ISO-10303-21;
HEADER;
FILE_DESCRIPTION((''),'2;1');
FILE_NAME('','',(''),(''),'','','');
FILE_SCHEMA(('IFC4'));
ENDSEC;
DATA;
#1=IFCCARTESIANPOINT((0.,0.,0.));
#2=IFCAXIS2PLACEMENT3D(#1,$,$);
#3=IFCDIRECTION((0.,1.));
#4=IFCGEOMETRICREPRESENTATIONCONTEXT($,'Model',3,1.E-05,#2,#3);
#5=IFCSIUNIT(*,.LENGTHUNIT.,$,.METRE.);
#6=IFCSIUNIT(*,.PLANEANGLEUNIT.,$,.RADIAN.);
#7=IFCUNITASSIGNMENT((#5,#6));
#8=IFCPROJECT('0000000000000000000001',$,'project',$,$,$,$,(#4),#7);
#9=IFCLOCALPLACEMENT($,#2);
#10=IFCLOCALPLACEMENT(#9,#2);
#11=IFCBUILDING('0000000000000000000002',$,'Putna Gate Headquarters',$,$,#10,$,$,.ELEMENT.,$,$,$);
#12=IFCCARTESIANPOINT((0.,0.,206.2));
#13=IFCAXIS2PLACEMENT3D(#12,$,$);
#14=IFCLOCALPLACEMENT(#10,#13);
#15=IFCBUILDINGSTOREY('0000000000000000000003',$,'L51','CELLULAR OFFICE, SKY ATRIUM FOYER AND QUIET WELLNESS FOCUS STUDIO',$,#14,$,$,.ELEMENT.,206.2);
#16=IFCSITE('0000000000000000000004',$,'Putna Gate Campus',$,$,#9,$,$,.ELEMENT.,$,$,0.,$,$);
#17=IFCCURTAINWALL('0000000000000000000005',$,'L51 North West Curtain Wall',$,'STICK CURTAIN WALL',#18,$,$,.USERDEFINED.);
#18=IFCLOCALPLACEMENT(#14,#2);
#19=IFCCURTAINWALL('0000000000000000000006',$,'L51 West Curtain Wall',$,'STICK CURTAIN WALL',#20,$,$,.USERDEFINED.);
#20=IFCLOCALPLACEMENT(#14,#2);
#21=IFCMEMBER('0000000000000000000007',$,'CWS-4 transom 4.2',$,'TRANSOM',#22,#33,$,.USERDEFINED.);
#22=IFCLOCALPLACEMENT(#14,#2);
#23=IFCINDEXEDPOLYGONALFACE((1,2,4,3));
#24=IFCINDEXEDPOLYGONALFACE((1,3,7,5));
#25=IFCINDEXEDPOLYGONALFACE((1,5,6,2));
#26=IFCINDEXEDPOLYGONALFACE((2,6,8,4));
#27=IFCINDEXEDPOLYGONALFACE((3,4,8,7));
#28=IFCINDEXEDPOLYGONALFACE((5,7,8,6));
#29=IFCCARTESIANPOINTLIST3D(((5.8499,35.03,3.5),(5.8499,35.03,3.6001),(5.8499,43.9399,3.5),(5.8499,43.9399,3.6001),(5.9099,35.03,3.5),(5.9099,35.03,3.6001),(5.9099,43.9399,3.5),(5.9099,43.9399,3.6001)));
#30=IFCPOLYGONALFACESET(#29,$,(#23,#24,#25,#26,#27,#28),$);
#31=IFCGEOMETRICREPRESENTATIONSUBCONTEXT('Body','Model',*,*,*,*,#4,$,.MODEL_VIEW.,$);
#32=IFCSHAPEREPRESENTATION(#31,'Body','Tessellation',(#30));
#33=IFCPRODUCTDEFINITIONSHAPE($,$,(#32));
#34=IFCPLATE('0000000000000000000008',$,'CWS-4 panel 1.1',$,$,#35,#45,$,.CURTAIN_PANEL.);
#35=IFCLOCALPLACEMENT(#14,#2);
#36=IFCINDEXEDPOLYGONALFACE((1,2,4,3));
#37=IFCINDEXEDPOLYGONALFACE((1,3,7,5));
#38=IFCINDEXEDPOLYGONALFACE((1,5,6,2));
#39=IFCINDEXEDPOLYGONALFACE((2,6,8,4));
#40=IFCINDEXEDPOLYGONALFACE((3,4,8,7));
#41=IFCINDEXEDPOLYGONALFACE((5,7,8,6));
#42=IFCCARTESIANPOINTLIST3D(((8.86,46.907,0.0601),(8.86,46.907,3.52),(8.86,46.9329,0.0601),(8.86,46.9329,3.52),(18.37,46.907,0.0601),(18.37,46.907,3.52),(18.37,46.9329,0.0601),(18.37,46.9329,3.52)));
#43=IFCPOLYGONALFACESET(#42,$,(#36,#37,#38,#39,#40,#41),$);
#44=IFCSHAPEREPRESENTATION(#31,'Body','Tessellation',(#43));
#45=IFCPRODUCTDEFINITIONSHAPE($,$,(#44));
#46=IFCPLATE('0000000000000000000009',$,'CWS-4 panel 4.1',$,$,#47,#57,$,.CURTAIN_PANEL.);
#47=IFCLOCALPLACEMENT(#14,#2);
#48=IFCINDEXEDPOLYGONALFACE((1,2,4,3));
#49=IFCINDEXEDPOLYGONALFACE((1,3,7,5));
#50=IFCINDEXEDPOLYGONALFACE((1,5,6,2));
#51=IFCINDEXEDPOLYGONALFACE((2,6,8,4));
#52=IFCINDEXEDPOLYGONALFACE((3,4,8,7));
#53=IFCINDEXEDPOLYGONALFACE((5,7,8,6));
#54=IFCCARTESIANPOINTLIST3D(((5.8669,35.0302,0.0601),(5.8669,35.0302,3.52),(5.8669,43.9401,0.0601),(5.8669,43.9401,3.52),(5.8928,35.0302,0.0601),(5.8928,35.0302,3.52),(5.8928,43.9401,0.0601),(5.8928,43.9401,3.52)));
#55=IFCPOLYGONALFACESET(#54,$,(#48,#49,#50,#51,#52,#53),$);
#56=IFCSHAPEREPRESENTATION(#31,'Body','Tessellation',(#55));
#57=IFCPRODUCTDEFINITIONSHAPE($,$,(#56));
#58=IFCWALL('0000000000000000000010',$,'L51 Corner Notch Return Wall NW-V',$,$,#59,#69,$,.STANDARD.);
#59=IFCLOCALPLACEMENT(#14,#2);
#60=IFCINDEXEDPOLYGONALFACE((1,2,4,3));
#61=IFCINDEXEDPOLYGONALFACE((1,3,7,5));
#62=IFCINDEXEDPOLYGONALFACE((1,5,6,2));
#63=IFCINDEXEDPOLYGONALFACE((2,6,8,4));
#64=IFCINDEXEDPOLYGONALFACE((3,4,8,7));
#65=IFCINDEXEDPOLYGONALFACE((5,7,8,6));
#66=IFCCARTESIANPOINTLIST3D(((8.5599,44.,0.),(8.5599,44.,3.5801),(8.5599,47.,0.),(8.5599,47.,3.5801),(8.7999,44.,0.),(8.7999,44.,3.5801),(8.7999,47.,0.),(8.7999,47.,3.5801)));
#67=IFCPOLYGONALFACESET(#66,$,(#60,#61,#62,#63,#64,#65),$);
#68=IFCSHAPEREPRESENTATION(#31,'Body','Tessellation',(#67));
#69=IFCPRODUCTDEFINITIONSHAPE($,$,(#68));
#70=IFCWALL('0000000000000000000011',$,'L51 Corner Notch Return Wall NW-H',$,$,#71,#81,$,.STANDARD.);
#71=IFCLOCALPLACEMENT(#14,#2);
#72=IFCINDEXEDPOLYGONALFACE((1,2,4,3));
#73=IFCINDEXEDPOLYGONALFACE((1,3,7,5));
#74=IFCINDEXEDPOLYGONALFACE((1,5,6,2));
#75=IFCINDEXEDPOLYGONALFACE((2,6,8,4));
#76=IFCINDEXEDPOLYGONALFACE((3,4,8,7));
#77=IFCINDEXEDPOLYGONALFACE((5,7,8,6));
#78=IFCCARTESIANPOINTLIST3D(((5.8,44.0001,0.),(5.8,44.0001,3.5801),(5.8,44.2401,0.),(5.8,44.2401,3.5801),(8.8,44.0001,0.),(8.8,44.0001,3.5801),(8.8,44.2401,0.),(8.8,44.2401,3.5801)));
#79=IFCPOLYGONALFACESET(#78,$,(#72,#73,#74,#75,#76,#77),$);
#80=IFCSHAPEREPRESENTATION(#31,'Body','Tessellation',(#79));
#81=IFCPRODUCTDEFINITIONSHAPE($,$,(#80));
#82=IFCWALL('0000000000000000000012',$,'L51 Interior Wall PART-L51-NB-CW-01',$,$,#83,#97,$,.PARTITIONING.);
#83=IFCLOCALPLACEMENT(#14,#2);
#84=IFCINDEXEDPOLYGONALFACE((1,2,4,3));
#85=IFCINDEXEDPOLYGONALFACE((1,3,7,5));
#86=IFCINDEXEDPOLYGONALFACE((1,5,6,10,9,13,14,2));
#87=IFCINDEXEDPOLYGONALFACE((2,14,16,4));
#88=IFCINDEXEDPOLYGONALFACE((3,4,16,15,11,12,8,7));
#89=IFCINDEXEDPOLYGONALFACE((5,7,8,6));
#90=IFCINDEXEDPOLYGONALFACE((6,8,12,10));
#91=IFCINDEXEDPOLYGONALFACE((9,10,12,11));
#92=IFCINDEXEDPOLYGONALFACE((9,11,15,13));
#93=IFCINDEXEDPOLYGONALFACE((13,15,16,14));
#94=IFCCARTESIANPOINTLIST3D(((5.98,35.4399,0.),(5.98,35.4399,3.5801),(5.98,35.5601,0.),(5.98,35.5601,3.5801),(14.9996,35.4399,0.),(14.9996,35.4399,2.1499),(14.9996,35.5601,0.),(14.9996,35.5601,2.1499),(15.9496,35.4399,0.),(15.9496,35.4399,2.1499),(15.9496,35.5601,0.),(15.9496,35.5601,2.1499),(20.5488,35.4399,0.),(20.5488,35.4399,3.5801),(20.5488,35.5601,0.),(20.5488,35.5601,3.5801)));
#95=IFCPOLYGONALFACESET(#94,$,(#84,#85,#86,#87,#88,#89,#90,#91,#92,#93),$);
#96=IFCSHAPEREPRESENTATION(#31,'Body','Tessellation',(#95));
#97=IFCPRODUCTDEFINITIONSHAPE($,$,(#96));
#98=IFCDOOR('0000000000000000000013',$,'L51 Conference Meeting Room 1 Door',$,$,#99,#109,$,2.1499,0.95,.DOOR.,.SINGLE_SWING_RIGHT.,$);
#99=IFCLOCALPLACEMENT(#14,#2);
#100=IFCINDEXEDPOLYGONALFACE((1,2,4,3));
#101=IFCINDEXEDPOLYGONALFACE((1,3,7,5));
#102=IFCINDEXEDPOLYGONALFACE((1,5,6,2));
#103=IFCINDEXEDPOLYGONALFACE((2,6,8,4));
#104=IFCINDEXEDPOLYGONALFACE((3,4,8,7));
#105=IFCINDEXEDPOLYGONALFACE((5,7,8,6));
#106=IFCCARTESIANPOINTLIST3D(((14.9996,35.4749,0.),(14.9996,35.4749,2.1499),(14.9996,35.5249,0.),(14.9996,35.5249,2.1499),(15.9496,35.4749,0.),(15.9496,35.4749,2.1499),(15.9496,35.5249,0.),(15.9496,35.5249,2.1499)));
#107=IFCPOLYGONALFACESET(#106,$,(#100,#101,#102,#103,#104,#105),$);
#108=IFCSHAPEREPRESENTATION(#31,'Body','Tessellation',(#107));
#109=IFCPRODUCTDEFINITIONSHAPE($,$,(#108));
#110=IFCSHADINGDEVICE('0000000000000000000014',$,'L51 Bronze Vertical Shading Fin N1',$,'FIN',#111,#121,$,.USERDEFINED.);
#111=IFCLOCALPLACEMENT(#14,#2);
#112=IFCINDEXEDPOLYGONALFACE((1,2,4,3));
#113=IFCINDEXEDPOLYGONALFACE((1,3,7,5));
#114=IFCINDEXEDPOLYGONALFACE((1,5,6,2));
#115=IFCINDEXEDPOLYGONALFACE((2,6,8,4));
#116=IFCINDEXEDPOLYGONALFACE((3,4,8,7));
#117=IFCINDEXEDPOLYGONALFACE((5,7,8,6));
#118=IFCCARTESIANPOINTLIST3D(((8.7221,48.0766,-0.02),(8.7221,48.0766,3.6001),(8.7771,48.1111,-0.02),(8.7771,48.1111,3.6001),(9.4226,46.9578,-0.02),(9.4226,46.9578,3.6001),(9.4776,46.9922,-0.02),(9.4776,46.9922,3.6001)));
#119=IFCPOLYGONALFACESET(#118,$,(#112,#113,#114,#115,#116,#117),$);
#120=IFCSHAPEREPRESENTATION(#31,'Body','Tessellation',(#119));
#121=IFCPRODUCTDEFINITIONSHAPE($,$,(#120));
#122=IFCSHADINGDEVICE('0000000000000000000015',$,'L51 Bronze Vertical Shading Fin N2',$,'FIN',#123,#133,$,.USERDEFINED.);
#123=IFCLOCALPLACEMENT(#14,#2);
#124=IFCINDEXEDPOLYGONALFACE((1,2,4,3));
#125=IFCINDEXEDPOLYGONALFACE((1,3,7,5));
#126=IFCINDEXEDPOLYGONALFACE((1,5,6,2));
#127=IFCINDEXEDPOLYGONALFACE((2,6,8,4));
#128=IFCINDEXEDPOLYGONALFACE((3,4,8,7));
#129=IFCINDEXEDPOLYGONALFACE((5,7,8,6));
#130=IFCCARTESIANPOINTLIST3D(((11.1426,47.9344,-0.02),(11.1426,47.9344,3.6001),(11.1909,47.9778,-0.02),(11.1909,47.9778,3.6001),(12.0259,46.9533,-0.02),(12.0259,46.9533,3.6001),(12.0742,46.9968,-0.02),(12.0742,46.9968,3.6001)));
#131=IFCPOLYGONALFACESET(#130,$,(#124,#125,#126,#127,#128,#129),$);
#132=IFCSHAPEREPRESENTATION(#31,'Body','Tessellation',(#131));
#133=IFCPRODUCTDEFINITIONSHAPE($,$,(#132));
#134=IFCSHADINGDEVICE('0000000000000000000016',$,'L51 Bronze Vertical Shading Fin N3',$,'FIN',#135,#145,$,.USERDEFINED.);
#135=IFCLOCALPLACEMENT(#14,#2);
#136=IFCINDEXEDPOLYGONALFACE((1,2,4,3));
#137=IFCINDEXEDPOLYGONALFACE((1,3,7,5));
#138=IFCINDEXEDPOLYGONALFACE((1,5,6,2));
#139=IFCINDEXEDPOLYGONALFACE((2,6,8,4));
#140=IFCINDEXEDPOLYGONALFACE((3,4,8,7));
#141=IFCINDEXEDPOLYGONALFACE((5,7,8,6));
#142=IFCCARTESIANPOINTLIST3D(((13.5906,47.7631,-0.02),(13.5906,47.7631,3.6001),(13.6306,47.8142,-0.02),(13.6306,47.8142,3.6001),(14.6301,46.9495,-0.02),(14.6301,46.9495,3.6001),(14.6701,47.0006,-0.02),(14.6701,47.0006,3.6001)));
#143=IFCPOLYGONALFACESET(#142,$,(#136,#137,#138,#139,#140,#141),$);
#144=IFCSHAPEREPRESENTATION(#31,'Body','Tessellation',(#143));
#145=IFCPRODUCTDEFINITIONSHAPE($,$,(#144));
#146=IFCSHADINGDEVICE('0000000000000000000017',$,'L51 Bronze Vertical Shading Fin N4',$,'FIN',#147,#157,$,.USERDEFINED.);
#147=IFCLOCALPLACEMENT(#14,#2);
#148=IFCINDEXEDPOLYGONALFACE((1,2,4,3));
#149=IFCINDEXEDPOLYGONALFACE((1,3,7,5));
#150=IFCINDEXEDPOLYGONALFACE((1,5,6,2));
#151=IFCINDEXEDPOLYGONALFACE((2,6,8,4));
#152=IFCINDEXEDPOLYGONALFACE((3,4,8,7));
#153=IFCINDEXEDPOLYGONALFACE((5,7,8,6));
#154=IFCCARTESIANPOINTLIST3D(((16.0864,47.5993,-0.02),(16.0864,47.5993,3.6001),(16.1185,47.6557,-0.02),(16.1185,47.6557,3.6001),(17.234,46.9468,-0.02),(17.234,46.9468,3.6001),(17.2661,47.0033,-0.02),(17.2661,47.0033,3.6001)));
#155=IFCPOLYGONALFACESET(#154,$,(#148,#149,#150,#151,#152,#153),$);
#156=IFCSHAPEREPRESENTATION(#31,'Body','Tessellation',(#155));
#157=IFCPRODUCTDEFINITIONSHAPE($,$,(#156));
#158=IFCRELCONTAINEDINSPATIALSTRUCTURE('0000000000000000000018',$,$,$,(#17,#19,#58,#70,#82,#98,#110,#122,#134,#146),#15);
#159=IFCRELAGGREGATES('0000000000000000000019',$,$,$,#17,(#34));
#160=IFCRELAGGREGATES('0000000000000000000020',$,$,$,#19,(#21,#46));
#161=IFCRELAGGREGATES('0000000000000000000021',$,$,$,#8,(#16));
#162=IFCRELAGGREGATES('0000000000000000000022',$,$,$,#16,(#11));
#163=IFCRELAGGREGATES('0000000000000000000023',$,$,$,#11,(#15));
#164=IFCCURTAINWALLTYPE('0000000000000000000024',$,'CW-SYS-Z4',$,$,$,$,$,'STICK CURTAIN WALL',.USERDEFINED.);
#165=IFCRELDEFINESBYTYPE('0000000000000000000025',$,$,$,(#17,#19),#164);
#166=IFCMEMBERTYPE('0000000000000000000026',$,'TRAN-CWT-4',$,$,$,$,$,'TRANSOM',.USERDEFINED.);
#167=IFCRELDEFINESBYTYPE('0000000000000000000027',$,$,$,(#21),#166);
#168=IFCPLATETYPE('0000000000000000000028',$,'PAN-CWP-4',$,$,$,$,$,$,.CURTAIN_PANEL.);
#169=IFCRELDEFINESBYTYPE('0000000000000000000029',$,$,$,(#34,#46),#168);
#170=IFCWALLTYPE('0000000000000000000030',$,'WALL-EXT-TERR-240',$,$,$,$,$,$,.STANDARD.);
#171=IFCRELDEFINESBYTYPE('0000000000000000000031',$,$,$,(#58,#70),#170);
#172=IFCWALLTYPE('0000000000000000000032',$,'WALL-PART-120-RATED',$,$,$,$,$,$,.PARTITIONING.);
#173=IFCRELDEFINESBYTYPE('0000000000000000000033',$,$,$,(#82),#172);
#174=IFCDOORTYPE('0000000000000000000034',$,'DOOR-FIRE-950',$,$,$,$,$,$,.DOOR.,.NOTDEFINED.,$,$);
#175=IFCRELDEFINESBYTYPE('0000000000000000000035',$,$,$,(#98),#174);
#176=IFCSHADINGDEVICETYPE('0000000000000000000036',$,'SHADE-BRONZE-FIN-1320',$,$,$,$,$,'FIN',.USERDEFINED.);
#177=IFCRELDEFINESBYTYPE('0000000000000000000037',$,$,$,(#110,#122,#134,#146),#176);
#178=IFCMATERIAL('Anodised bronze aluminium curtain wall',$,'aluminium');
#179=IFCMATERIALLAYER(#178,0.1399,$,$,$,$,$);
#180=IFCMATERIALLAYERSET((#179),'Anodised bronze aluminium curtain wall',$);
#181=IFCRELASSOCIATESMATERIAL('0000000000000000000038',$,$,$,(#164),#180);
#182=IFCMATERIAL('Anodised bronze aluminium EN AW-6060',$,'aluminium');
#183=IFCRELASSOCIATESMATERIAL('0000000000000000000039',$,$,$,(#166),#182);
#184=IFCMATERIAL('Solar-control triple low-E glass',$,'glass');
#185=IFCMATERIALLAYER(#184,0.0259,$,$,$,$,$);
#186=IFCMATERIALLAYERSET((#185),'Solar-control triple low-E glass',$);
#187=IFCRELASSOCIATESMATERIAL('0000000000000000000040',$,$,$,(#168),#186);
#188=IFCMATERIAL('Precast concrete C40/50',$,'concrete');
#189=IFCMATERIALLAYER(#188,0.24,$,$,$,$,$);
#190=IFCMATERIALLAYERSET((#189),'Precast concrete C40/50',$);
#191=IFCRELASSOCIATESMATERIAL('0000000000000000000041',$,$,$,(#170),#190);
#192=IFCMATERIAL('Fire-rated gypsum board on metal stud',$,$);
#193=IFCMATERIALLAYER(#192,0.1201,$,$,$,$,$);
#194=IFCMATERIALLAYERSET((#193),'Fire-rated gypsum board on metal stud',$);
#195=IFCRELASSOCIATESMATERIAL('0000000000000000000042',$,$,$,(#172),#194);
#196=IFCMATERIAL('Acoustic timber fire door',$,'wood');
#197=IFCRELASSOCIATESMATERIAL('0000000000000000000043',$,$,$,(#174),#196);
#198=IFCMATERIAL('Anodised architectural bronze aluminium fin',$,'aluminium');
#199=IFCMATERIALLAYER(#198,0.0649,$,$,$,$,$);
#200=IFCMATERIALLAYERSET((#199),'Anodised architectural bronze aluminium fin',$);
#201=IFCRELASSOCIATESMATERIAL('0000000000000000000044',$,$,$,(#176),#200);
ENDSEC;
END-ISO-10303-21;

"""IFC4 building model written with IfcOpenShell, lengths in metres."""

from ifc_helpers import new_model, si_unit, direction, frame, frame_2d, origin, origin_2d, place, context, subcontext, project, spatial, rectangle, extrude, material, layer, layer_set, material_profile, profile_set, type_object, element, fill, aggregate, save


model = new_model("IFC4")

# Units and contexts
model_context = context("Model", 3, precision=1e-05, world=origin(), true_north=direction((0.0, 1.0)))
body_context = subcontext(model_context, "Body", "Model", "MODEL_VIEW")
ifc_project = project(units=[si_unit("LENGTHUNIT", "METRE"), si_unit("PLANEANGLEUNIT", "RADIAN")], contexts=[model_context])

# Site, building, storey
site_placement = place(None, origin())
site = spatial("IfcSite", under=ifc_project, at=site_placement, Name="Putna Gate Campus", CompositionType="ELEMENT", RefElevation=0.0)
building_placement = place(site_placement, origin())
building = spatial("IfcBuilding", under=site, at=building_placement, Name="Putna Gate Headquarters", CompositionType="ELEMENT")
storey_placement = place(building_placement, frame((0.0, 0.0, 206.2)))
storey = spatial("IfcBuildingStorey", under=building, at=storey_placement, Name="L51", Description="CELLULAR OFFICE, SKY ATRIUM FOYER AND QUIET WELLNESS FOCUS STUDIO", CompositionType="ELEMENT", Elevation=206.2)

# Curtain wall
ifc_material_1 = material(Name="Anodised bronze aluminium curtain wall", Category="aluminium")
ifc_layer_1 = layer(ifc_material_1, 0.1399)
ifc_layer_set_1 = layer_set([ifc_layer_1], Name="Anodised bronze aluminium curtain wall")
curtain_wall_type = type_object("IfcCurtainWallType", Name="CW-SYS-Z4", ElementType="STICK CURTAIN WALL", PredefinedType="USERDEFINED", material=ifc_layer_set_1)
curtain_wall_1_placement = place(storey_placement, origin())
curtain_wall_1 = element("IfcCurtainWall", 1, at=curtain_wall_1_placement, inside=storey, type_object=curtain_wall_type, Name="L51 North West Curtain Wall", ObjectType="STICK CURTAIN WALL", PredefinedType="USERDEFINED")
ifc_material_2 = material(Name="Anodised bronze aluminium EN AW-6060", Category="aluminium")

# Curtain wall
curtain_wall_2_placement = place(storey_placement, origin())
curtain_wall_2 = element("IfcCurtainWall", 2, at=curtain_wall_2_placement, inside=storey, type_object=curtain_wall_type, Name="L51 West Curtain Wall", ObjectType="STICK CURTAIN WALL", PredefinedType="USERDEFINED")

# Member
ifc_material_profile_1 = material_profile(ifc_material_2, rectangle(XDim=0.0601, YDim=0.1001, at=origin_2d()), Name="Anodised bronze aluminium EN AW-6060")
ifc_profile_set_1 = profile_set([ifc_material_profile_1], Name="Anodised bronze aluminium EN AW-6060")
member_type_1 = type_object("IfcMemberType", Name="TRAN-CWT-4", ElementType="TRANSOM", PredefinedType="USERDEFINED", material=ifc_profile_set_1)
member_1_placement = place(storey_placement, frame((5.8799, 35.03, 3.55), z_axis=(0.0, 1.0, 0.0), x_axis=(-1.0, 0.0, 0.0)))
member_1 = element("IfcMember", 3, at=member_1_placement, type_object=member_type_1, Name="CWS-4 transom 4.2", ObjectType="TRANSOM", PredefinedType="USERDEFINED", context=body_context, shape_type="SweptSolid", body=[
    extrude(rectangle(XDim=0.0601, YDim=0.1001, at=origin_2d()), origin(), (0.0, 0.0, 1.0), 8.9099),
])

# Plates
ifc_material_3 = material(Name="Solar-control triple low-E glass", Category="glass")
ifc_layer_2 = layer(ifc_material_3, 0.0259)
ifc_layer_set_2 = layer_set([ifc_layer_2], Name="Solar-control triple low-E glass")
plate_type = type_object("IfcPlateType", Name="PAN-CWP-4", PredefinedType="CURTAIN_PANEL", material=ifc_layer_set_2)
plate_1_placement = place(storey_placement, frame((13.615, 46.9199, 0.0601), z_axis=(0.0, 0.0, 1.0), x_axis=(1.0, 0.0, 0.0)))
plate_1 = element("IfcPlate", 4, at=plate_1_placement, type_object=plate_type, Name="CWS-4 panel 1.1", PredefinedType="CURTAIN_PANEL", context=body_context, shape_type="SweptSolid", body=[
    extrude(rectangle(XDim=9.51, YDim=0.0259, at=origin_2d()), origin(), (0.0, 0.0, 1.0), 3.46),
])
aggregate(curtain_wall_1, [plate_1])
plate_2_placement = place(storey_placement, frame((5.8799, 39.4851, 0.0601), z_axis=(0.0, 0.0, 1.0), x_axis=(0.0, 1.0, 0.0)))
plate_2 = element("IfcPlate", 5, at=plate_2_placement, type_object=plate_type, Name="CWS-4 panel 4.1", PredefinedType="CURTAIN_PANEL", context=body_context, shape_type="SweptSolid", body=[
    extrude(rectangle(XDim=8.9099, YDim=0.0259, at=origin_2d()), origin(), (0.0, 0.0, 1.0), 3.46),
])
aggregate(curtain_wall_2, [member_1, plate_2])

# Walls
ifc_material_4 = material(Name="Precast concrete C40/50", Category="concrete")
ifc_layer_3 = layer(ifc_material_4, 0.24)
ifc_layer_set_3 = layer_set([ifc_layer_3], Name="Precast concrete C40/50")
wall_type_1 = type_object("IfcWallType", Name="WALL-EXT-TERR-240", PredefinedType="STANDARD", material=ifc_layer_set_3)
for number, where, z_axis, x_axis, name in (
    (6, (8.6799, 44.0, 0.0), (0.0, 0.0, 1.0), (0.0, 1.0, 0.0), "L51 Corner Notch Return Wall NW-V"),
    (7, (5.8, 44.1201, 0.0), (0.0, 0.0, 1.0), (1.0, 0.0, 0.0), "L51 Corner Notch Return Wall NW-H"),
):
    element("IfcWall", number, at=place(storey_placement, frame(where, z_axis=z_axis, x_axis=x_axis)), inside=storey, type_object=wall_type_1, Name=name, PredefinedType="STANDARD", context=body_context, shape_type="SweptSolid", body=[
        extrude(rectangle(XDim=3.0, YDim=0.24, at=frame_2d((1.5, 0.0))), origin(), (0.0, 0.0, 1.0), 3.5801),
    ])

# Wall, opening, door
ifc_material_5 = material(Name="Fire-rated gypsum board on metal stud")
ifc_layer_4 = layer(ifc_material_5, 0.1201)
ifc_layer_set_4 = layer_set([ifc_layer_4], Name="Fire-rated gypsum board on metal stud")
wall_type_2 = type_object("IfcWallType", Name="WALL-PART-120-RATED", PredefinedType="PARTITIONING", material=ifc_layer_set_4)
wall_placement = place(storey_placement, frame((5.98, 35.5, 0.0), z_axis=(0.0, 0.0, 1.0), x_axis=(1.0, 0.0, 0.0)))
wall = element("IfcWall", 8, at=wall_placement, inside=storey, type_object=wall_type_2, Name="L51 Interior Wall PART-L51-NB-CW-01", PredefinedType="PARTITIONING", context=body_context, shape_type="SweptSolid", body=[
    extrude(rectangle(XDim=14.5688, YDim=0.1201, at=frame_2d((7.2844, 0.0))), origin(), (0.0, 0.0, 1.0), 3.5801),
])
opening_placement = place(wall_placement, frame((9.0195, 0.0, 0.0)))
opening = element("IfcOpeningElement", 9, at=opening_placement, cuts=wall, PredefinedType="OPENING", context=body_context, shape_type="SweptSolid", body=[
    extrude(rectangle(XDim=0.95, YDim=2.1499, at=frame_2d((0.4751, 1.075))), frame((0.0, 0.0701, 0.0), z_axis=(0.0, -1.0, 0.0), x_axis=(1.0, 0.0, 0.0)), (0.0, 0.0, 1.0), 0.1401),
])
ifc_material_6 = material(Name="Acoustic timber fire door", Category="wood")
door_type = type_object("IfcDoorType", Name="DOOR-FIRE-950", OperationType="NOTDEFINED", PredefinedType="DOOR", material=ifc_material_6)
door_placement = place(opening_placement, origin())
door = element("IfcDoor", 10, at=door_placement, inside=storey, type_object=door_type, Name="L51 Conference Meeting Room 1 Door", OperationType="SINGLE_SWING_RIGHT", OverallHeight=2.1499, OverallWidth=0.95, PredefinedType="DOOR", context=body_context, shape_type="SweptSolid", body=[
    extrude(rectangle(XDim=0.95, YDim=2.1499, at=frame_2d((0.4751, 1.075))), frame((0.0, 0.0249, 0.0), z_axis=(0.0, -1.0, 0.0), x_axis=(1.0, 0.0, 0.0)), (0.0, 0.0, 1.0), 0.05),
])
fill(opening, door)

# Shading devices
ifc_material_7 = material(Name="Anodised architectural bronze aluminium fin", Category="aluminium")
ifc_layer_5 = layer(ifc_material_7, 0.0649)
ifc_layer_set_5 = layer_set([ifc_layer_5], Name="Anodised architectural bronze aluminium fin")
shading_device_type = type_object("IfcShadingDeviceType", Name="SHADE-BRONZE-FIN-1320", ElementType="FIN", PredefinedType="USERDEFINED", material=ifc_layer_set_5)
for number, where, z_axis, x_axis, name in (
    (11, (9.0999, 47.5344, -0.02), (0.0, 0.0, 1.0), (-0.530659, 0.847585, 0.0), "L51 Bronze Vertical Shading Fin N1"),
    (12, (11.6084, 47.4656, -0.02), (0.0, 0.0, 1.0), (-0.669131, 0.743145, 0.0), "L51 Bronze Vertical Shading Fin N2"),
    (13, (14.1304, 47.3818, -0.02), (0.0, 0.0, 1.0), (-0.787473, 0.616349, 0.0), "L51 Bronze Vertical Shading Fin N3"),
    (14, (16.6763, 47.3013, -0.02), (0.0, 0.0, 1.0), (-0.869322, 0.494245, 0.0), "L51 Bronze Vertical Shading Fin N4"),
):
    element("IfcShadingDevice", number, at=place(storey_placement, frame(where, z_axis=z_axis, x_axis=x_axis)), inside=storey, type_object=shading_device_type, Name=name, ObjectType="FIN", PredefinedType="USERDEFINED", context=body_context, shape_type="SweptSolid", body=[
        extrude(rectangle(XDim=1.3201, YDim=0.0649, at=origin_2d()), origin(), (0.0, 0.0, 1.0), 3.6201),
    ])

save(model, "model.ifc")
